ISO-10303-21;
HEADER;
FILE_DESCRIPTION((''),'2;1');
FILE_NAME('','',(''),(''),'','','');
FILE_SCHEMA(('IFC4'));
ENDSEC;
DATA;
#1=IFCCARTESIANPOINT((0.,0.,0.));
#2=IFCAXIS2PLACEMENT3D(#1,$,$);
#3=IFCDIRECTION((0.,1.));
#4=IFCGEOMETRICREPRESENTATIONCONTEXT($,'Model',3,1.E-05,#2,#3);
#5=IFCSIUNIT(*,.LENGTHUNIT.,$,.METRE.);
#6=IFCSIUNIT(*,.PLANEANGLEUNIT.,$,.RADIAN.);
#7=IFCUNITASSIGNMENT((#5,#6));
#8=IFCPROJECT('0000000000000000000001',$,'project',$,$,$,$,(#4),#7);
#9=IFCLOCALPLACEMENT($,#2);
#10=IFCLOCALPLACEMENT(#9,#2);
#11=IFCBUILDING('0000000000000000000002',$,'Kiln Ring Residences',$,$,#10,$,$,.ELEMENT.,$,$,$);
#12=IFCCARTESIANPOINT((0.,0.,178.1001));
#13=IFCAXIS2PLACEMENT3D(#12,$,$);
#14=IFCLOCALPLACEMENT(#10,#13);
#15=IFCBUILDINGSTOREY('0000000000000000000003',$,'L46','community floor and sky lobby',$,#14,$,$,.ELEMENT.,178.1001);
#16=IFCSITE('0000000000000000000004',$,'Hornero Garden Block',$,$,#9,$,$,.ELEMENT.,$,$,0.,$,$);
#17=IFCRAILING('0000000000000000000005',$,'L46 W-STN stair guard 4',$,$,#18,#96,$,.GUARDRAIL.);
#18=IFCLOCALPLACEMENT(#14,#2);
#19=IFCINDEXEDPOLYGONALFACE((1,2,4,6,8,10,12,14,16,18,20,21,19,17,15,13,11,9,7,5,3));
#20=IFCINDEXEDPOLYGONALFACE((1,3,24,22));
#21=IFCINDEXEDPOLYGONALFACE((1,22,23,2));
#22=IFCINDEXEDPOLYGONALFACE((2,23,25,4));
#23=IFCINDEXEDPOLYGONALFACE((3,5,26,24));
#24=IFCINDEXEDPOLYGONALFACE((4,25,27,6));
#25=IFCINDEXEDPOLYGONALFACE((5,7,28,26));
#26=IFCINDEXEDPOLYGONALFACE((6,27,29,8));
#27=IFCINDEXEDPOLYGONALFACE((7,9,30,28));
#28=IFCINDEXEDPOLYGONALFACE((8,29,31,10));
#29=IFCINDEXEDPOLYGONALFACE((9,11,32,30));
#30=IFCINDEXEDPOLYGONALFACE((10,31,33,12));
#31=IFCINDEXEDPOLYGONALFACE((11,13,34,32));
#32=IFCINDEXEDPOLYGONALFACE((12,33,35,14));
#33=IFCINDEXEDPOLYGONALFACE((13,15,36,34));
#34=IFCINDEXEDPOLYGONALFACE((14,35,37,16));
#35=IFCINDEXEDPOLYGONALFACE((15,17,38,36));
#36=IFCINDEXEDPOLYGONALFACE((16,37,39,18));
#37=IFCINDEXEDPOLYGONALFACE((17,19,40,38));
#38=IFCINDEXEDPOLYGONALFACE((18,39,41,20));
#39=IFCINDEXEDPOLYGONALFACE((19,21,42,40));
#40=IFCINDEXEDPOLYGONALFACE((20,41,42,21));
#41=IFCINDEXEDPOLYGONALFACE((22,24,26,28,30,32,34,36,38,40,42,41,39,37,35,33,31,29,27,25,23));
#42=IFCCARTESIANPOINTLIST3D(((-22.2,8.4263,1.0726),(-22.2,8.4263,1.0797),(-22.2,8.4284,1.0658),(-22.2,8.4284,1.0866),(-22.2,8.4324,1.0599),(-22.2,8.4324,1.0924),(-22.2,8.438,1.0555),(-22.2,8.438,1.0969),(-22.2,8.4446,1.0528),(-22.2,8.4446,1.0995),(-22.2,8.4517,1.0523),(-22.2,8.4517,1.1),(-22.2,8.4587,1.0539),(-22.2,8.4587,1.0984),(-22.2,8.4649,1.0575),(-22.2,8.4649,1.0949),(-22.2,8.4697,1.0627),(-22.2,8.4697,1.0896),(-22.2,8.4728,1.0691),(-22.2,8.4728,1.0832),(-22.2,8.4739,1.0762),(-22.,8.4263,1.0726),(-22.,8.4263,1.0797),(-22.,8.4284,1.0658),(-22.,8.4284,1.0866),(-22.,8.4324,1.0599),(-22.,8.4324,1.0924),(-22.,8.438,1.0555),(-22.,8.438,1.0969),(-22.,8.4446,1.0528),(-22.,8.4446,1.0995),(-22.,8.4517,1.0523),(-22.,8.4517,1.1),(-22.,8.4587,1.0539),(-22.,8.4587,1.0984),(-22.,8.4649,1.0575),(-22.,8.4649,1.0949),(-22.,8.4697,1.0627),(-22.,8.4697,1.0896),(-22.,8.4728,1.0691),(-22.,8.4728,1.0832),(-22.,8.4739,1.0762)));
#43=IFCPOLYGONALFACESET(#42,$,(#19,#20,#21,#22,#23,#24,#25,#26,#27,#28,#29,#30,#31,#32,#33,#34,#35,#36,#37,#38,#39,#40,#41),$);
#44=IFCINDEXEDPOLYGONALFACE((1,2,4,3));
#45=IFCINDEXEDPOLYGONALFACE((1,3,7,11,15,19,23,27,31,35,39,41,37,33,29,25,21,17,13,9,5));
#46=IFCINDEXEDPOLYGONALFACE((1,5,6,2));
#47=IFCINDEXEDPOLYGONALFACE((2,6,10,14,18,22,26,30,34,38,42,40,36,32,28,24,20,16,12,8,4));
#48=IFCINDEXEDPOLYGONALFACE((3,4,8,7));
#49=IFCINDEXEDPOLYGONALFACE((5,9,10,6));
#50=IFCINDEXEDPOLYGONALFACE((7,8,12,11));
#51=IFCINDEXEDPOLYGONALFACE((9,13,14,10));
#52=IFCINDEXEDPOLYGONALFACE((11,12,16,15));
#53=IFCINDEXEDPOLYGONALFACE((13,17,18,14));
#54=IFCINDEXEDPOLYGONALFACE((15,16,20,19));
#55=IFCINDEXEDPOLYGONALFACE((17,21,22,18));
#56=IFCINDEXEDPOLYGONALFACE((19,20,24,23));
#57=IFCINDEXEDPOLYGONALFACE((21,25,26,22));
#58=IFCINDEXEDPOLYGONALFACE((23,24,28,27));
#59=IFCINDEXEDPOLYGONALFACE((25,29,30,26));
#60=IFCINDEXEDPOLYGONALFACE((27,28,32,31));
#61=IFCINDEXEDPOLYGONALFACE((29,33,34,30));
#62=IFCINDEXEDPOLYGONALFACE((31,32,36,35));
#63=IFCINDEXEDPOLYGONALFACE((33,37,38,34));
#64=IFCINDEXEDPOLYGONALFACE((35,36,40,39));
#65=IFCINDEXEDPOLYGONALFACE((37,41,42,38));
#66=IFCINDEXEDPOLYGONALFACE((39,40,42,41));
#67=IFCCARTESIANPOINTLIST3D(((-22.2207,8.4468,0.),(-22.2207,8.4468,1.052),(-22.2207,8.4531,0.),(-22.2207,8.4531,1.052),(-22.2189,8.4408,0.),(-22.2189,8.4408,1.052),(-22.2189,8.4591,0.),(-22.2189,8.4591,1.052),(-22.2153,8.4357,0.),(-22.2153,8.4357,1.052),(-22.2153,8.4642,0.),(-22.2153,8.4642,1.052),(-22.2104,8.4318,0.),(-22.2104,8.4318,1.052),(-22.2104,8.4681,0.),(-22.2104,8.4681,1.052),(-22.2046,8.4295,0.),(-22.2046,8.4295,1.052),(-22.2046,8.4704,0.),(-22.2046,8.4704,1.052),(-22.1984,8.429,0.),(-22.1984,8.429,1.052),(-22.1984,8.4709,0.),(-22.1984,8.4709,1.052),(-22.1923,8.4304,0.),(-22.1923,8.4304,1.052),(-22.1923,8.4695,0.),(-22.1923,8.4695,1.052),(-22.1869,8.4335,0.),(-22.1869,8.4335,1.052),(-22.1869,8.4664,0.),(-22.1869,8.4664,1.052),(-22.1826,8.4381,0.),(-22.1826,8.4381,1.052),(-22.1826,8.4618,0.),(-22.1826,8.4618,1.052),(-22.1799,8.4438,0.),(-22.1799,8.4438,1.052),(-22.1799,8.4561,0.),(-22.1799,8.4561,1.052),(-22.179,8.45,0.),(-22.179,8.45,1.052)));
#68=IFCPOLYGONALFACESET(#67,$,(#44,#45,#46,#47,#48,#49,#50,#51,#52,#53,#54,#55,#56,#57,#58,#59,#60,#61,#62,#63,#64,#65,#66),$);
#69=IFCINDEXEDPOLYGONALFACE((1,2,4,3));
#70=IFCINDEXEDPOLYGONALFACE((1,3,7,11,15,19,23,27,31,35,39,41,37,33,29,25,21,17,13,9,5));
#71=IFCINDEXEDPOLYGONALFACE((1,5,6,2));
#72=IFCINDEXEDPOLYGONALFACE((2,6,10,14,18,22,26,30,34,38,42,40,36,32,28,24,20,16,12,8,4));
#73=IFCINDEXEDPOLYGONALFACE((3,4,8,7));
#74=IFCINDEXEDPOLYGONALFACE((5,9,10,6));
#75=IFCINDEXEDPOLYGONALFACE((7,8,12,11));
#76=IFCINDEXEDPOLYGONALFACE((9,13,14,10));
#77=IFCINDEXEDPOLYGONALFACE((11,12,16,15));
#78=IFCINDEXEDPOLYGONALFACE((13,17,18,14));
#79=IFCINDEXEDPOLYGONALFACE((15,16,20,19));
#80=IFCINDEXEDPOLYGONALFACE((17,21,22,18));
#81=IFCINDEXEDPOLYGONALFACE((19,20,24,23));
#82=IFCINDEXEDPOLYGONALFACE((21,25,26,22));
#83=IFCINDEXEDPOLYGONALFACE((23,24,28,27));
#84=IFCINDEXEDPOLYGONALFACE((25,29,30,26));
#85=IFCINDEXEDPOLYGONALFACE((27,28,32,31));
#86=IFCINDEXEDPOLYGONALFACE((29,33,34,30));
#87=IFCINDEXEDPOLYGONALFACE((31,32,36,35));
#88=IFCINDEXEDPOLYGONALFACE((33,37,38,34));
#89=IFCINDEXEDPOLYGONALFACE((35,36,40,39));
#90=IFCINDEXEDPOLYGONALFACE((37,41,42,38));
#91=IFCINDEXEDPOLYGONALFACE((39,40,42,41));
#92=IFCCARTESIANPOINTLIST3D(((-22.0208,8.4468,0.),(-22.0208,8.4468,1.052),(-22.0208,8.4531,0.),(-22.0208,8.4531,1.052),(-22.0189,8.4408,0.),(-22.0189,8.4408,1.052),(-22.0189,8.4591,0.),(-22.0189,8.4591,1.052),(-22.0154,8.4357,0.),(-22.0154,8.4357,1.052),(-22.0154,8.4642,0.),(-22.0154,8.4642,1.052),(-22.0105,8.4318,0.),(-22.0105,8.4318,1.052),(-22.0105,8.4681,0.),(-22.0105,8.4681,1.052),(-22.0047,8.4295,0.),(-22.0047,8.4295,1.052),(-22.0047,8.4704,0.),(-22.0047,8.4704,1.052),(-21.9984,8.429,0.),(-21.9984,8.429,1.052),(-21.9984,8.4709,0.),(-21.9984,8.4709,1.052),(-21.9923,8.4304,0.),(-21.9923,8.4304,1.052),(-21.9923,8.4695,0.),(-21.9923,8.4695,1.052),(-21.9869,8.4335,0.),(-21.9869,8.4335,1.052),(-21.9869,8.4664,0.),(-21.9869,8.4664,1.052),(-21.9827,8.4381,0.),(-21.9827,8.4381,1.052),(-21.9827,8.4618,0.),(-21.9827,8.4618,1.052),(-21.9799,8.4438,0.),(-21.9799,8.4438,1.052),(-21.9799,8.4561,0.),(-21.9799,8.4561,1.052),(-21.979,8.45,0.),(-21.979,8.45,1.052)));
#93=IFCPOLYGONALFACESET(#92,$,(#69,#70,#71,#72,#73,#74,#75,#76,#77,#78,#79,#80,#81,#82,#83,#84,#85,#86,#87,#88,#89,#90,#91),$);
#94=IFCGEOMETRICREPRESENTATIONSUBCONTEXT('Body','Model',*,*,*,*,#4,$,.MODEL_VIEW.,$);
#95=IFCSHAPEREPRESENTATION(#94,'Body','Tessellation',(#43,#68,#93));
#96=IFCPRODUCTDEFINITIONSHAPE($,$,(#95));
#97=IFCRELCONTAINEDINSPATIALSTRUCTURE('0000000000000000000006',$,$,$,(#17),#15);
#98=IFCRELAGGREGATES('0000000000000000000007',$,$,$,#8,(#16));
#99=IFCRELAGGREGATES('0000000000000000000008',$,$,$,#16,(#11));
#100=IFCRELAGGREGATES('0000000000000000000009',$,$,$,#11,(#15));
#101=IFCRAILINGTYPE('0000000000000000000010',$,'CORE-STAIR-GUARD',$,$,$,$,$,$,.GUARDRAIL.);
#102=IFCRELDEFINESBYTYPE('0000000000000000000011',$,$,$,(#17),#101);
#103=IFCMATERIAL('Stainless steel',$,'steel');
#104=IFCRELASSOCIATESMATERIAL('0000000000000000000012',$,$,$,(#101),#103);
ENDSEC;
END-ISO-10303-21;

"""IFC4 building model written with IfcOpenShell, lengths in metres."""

from ifc_helpers import new_model, si_unit, direction, frame, origin, origin_2d, place, context, subcontext, project, spatial, circle, extrude, material, type_object, element, save


model = new_model("IFC4")

# Units and contexts
model_context = context("Model", 3, precision=1e-05, world=origin(), true_north=direction((0.0, 1.0)))
body_context = subcontext(model_context, "Body", "Model", "MODEL_VIEW")
ifc_project = project(units=[si_unit("LENGTHUNIT", "METRE"), si_unit("PLANEANGLEUNIT", "RADIAN")], contexts=[model_context])

# Site, building, storey
site_placement = place(None, origin())
site = spatial("IfcSite", under=ifc_project, at=site_placement, Name="Hornero Garden Block", CompositionType="ELEMENT", RefElevation=0.0)
building_placement = place(site_placement, origin())
building = spatial("IfcBuilding", under=site, at=building_placement, Name="Kiln Ring Residences", CompositionType="ELEMENT")
storey_placement = place(building_placement, frame((0.0, 0.0, 178.1001)))
storey = spatial("IfcBuildingStorey", under=building, at=storey_placement, Name="L46", Description="community floor and sky lobby", CompositionType="ELEMENT", Elevation=178.1001)

# Railing
ifc_material_1 = material(Name="Stainless steel", Category="steel")
railing_type_1 = type_object("IfcRailingType", Name="CORE-STAIR-GUARD", PredefinedType="GUARDRAIL", material=ifc_material_1)
railing_1_placement = place(storey_placement, frame((-22.2, 8.45, 0.0)))
element("IfcRailing", 1, at=railing_1_placement, inside=storey, type_object=railing_type_1, Name="L46 W-STN stair guard 4", PredefinedType="GUARDRAIL", context=body_context, shape_type="SweptSolid", body=[
    extrude(circle(Radius=0.0239, at=origin_2d()), frame((0.0, 0.0, 1.0762), z_axis=(1.0, 0.0, 0.0), x_axis=(0.0, 1.0, 0.0)), (0.0, 0.0, 1.0), 0.2),
    extrude(circle(Radius=0.021, at=origin_2d()), origin(), (0.0, 0.0, 1.0), 1.052),
    extrude(circle(Radius=0.021, at=origin_2d()), frame((0.2, 0.0, 0.0)), (0.0, 0.0, 1.0), 1.052),
])

save(model, "model.ifc")
